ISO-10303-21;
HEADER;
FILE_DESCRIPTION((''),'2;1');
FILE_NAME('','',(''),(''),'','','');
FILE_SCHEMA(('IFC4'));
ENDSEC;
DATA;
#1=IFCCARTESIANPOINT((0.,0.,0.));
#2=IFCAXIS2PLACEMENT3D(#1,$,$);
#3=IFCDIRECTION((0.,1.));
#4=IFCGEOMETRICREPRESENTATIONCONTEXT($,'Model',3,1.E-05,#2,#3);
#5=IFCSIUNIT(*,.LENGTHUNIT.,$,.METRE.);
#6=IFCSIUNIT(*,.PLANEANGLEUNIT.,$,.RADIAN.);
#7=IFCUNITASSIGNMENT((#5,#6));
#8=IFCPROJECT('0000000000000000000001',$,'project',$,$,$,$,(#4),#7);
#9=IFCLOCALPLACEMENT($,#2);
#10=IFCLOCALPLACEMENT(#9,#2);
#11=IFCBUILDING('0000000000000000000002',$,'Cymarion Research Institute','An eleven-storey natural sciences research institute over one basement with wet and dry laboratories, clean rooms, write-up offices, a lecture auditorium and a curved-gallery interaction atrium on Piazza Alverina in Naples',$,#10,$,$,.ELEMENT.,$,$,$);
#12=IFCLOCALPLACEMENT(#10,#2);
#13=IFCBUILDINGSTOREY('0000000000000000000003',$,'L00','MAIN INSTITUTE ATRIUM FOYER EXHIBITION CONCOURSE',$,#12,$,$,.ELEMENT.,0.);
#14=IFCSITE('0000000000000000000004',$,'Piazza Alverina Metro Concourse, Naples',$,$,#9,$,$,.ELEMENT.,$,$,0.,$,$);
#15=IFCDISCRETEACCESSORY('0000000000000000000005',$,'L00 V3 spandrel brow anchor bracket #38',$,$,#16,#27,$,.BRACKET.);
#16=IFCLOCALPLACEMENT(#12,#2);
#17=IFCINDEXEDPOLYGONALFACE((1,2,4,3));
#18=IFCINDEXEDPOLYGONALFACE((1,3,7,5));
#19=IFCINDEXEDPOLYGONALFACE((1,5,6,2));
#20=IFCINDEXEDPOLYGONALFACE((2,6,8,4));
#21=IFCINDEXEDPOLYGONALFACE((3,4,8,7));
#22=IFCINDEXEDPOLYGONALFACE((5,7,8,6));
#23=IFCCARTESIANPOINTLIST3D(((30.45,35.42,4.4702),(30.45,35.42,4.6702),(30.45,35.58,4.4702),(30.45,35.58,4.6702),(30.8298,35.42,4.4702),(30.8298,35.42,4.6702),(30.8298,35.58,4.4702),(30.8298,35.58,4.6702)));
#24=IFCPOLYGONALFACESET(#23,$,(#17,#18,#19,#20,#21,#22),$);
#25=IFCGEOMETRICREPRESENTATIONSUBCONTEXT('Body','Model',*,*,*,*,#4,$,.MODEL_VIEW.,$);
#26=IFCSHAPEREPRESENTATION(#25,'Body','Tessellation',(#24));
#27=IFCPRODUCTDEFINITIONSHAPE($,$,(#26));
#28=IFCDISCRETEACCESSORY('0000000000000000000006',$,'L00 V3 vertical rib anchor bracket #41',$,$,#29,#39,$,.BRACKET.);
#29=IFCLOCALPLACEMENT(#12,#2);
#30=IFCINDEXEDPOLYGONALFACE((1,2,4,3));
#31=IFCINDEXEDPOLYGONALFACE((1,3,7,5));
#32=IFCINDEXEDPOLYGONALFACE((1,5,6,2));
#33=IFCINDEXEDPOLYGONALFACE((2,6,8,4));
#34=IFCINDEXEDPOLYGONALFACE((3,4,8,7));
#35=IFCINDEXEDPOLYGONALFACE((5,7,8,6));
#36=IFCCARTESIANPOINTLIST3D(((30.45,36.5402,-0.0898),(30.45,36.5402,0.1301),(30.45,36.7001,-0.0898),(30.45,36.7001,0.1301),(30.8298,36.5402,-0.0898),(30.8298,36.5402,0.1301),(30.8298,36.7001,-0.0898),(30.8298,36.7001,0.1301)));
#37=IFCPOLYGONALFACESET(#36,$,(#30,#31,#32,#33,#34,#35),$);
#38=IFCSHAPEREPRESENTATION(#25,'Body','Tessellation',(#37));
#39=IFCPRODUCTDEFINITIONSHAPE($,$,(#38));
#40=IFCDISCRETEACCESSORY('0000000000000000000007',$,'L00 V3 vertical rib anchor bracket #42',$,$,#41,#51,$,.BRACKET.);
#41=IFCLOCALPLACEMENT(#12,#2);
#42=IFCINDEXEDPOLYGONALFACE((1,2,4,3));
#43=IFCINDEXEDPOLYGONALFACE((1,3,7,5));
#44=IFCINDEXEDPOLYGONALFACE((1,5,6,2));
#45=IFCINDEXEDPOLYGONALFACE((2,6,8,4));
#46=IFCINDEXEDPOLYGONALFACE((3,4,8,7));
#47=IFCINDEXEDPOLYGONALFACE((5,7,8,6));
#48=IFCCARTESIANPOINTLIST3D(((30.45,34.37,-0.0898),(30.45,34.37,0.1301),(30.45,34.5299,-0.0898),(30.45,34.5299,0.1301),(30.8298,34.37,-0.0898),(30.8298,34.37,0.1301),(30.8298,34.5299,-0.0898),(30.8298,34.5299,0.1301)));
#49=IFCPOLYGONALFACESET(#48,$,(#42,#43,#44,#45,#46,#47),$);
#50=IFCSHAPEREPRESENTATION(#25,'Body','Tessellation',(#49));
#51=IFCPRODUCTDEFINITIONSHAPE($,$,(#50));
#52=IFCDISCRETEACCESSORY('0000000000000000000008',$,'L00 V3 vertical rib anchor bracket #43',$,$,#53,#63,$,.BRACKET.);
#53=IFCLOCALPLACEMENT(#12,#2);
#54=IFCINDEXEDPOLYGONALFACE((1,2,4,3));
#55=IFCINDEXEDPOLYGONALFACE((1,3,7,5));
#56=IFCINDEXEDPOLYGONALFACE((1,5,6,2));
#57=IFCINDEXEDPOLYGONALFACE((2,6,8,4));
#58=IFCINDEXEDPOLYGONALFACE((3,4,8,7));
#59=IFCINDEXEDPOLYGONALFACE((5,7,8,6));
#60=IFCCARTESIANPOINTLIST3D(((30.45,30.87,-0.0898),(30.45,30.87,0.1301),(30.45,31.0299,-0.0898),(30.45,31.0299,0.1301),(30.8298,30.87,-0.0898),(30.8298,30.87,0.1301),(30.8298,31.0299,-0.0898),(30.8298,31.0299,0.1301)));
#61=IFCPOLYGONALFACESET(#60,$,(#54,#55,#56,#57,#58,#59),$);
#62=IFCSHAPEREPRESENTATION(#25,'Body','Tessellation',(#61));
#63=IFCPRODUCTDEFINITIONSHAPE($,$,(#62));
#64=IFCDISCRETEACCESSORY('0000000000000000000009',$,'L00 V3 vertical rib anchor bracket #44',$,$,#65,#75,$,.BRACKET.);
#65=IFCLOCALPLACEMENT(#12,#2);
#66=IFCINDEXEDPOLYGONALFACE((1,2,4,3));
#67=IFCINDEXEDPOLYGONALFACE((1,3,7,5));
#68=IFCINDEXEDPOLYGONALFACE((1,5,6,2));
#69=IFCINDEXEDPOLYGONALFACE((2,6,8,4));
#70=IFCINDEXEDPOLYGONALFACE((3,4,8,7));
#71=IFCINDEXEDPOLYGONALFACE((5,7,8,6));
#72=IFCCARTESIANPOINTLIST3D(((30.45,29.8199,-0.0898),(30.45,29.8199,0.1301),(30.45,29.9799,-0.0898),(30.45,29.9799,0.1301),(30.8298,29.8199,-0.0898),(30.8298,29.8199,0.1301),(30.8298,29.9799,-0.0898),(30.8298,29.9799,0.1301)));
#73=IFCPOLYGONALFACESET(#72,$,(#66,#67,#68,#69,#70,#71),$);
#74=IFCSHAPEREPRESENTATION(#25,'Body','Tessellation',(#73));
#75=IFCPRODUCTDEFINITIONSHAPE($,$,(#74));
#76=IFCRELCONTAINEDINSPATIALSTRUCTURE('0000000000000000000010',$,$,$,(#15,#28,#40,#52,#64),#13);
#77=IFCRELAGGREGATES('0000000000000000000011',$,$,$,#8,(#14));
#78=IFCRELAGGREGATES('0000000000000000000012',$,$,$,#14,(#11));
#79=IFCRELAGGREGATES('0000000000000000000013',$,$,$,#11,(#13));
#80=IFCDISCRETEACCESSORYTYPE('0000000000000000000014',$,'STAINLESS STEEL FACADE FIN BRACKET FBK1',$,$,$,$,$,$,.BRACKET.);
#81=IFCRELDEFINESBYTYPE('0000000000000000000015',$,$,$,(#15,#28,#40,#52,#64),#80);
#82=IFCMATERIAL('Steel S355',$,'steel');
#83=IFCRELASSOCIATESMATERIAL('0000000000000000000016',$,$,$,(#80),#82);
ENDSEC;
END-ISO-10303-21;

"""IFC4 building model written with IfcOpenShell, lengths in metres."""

from ifc_helpers import new_model, si_unit, direction, frame, origin, origin_2d, place, context, subcontext, project, spatial, rectangle, extrude, material, type_object, element, save


model = new_model("IFC4")

# Units and contexts
model_context = context("Model", 3, precision=1e-05, world=origin(), true_north=direction((0.0, 1.0)))
body_context = subcontext(model_context, "Body", "Model", "MODEL_VIEW")
ifc_project = project(units=[si_unit("LENGTHUNIT", "METRE"), si_unit("PLANEANGLEUNIT", "RADIAN")], contexts=[model_context])

# Site, building, storey
site_placement = place(None, origin())
site = spatial("IfcSite", under=ifc_project, at=site_placement, Name="Piazza Alverina Metro Concourse, Naples", CompositionType="ELEMENT", RefElevation=0.0)
building_placement = place(site_placement, origin())
building = spatial("IfcBuilding", under=site, at=building_placement, Name="Cymarion Research Institute", Description="An eleven-storey natural sciences research institute over one basement with wet and dry laboratories, clean rooms, write-up offices, a lecture auditorium and a curved-gallery interaction atrium on Piazza Alverina in Naples", CompositionType="ELEMENT")
storey_placement = place(building_placement, origin())
storey = spatial("IfcBuildingStorey", under=building, at=storey_placement, Name="L00", Description="MAIN INSTITUTE ATRIUM FOYER EXHIBITION CONCOURSE", CompositionType="ELEMENT", Elevation=0.0)

# Shared definitions
ifc_material_1 = material(Name="Steel S355", Category="steel")

# Discrete accessories
discrete_accessory_type = type_object("IfcDiscreteAccessoryType", Name="STAINLESS STEEL FACADE FIN BRACKET FBK1", PredefinedType="BRACKET", material=ifc_material_1)
discrete_accessory_placement = place(storey_placement, frame((30.6399, 35.5, 4.4702), z_axis=(0.0, 0.0, 1.0), x_axis=(-1.0, 0.0, 0.0)))
element("IfcDiscreteAccessory", 1, at=discrete_accessory_placement, inside=storey, type_object=discrete_accessory_type, Name="L00 V3 spandrel brow anchor bracket #38", PredefinedType="BRACKET", context=body_context, shape_type="SweptSolid", body=[
    extrude(rectangle(XDim=0.3799, YDim=0.1599, at=origin_2d()), origin(), (0.0, 0.0, 1.0), 0.2),
])
for number, where, z_axis, x_axis, name in (
    (2, (30.6399, 36.6201, -0.0898), (0.0, 0.0, 1.0), (-1.0, 0.0, 0.0), "L00 V3 vertical rib anchor bracket #41"),
    (3, (30.6399, 34.45, -0.0898), (0.0, 0.0, 1.0), (-1.0, 0.0, 0.0), "L00 V3 vertical rib anchor bracket #42"),
    (4, (30.6399, 30.95, -0.0898), (0.0, 0.0, 1.0), (-1.0, 0.0, 0.0), "L00 V3 vertical rib anchor bracket #43"),
    (5, (30.6399, 29.8999, -0.0898), (0.0, 0.0, 1.0), (-1.0, 0.0, 0.0), "L00 V3 vertical rib anchor bracket #44"),
):
    element("IfcDiscreteAccessory", number, at=place(storey_placement, frame(where, z_axis=z_axis, x_axis=x_axis)), inside=storey, type_object=discrete_accessory_type, Name=name, PredefinedType="BRACKET", context=body_context, shape_type="SweptSolid", body=[
        extrude(rectangle(XDim=0.3799, YDim=0.1599, at=origin_2d()), origin(), (0.0, 0.0, 1.0), 0.22),
    ])

save(model, "model.ifc")
